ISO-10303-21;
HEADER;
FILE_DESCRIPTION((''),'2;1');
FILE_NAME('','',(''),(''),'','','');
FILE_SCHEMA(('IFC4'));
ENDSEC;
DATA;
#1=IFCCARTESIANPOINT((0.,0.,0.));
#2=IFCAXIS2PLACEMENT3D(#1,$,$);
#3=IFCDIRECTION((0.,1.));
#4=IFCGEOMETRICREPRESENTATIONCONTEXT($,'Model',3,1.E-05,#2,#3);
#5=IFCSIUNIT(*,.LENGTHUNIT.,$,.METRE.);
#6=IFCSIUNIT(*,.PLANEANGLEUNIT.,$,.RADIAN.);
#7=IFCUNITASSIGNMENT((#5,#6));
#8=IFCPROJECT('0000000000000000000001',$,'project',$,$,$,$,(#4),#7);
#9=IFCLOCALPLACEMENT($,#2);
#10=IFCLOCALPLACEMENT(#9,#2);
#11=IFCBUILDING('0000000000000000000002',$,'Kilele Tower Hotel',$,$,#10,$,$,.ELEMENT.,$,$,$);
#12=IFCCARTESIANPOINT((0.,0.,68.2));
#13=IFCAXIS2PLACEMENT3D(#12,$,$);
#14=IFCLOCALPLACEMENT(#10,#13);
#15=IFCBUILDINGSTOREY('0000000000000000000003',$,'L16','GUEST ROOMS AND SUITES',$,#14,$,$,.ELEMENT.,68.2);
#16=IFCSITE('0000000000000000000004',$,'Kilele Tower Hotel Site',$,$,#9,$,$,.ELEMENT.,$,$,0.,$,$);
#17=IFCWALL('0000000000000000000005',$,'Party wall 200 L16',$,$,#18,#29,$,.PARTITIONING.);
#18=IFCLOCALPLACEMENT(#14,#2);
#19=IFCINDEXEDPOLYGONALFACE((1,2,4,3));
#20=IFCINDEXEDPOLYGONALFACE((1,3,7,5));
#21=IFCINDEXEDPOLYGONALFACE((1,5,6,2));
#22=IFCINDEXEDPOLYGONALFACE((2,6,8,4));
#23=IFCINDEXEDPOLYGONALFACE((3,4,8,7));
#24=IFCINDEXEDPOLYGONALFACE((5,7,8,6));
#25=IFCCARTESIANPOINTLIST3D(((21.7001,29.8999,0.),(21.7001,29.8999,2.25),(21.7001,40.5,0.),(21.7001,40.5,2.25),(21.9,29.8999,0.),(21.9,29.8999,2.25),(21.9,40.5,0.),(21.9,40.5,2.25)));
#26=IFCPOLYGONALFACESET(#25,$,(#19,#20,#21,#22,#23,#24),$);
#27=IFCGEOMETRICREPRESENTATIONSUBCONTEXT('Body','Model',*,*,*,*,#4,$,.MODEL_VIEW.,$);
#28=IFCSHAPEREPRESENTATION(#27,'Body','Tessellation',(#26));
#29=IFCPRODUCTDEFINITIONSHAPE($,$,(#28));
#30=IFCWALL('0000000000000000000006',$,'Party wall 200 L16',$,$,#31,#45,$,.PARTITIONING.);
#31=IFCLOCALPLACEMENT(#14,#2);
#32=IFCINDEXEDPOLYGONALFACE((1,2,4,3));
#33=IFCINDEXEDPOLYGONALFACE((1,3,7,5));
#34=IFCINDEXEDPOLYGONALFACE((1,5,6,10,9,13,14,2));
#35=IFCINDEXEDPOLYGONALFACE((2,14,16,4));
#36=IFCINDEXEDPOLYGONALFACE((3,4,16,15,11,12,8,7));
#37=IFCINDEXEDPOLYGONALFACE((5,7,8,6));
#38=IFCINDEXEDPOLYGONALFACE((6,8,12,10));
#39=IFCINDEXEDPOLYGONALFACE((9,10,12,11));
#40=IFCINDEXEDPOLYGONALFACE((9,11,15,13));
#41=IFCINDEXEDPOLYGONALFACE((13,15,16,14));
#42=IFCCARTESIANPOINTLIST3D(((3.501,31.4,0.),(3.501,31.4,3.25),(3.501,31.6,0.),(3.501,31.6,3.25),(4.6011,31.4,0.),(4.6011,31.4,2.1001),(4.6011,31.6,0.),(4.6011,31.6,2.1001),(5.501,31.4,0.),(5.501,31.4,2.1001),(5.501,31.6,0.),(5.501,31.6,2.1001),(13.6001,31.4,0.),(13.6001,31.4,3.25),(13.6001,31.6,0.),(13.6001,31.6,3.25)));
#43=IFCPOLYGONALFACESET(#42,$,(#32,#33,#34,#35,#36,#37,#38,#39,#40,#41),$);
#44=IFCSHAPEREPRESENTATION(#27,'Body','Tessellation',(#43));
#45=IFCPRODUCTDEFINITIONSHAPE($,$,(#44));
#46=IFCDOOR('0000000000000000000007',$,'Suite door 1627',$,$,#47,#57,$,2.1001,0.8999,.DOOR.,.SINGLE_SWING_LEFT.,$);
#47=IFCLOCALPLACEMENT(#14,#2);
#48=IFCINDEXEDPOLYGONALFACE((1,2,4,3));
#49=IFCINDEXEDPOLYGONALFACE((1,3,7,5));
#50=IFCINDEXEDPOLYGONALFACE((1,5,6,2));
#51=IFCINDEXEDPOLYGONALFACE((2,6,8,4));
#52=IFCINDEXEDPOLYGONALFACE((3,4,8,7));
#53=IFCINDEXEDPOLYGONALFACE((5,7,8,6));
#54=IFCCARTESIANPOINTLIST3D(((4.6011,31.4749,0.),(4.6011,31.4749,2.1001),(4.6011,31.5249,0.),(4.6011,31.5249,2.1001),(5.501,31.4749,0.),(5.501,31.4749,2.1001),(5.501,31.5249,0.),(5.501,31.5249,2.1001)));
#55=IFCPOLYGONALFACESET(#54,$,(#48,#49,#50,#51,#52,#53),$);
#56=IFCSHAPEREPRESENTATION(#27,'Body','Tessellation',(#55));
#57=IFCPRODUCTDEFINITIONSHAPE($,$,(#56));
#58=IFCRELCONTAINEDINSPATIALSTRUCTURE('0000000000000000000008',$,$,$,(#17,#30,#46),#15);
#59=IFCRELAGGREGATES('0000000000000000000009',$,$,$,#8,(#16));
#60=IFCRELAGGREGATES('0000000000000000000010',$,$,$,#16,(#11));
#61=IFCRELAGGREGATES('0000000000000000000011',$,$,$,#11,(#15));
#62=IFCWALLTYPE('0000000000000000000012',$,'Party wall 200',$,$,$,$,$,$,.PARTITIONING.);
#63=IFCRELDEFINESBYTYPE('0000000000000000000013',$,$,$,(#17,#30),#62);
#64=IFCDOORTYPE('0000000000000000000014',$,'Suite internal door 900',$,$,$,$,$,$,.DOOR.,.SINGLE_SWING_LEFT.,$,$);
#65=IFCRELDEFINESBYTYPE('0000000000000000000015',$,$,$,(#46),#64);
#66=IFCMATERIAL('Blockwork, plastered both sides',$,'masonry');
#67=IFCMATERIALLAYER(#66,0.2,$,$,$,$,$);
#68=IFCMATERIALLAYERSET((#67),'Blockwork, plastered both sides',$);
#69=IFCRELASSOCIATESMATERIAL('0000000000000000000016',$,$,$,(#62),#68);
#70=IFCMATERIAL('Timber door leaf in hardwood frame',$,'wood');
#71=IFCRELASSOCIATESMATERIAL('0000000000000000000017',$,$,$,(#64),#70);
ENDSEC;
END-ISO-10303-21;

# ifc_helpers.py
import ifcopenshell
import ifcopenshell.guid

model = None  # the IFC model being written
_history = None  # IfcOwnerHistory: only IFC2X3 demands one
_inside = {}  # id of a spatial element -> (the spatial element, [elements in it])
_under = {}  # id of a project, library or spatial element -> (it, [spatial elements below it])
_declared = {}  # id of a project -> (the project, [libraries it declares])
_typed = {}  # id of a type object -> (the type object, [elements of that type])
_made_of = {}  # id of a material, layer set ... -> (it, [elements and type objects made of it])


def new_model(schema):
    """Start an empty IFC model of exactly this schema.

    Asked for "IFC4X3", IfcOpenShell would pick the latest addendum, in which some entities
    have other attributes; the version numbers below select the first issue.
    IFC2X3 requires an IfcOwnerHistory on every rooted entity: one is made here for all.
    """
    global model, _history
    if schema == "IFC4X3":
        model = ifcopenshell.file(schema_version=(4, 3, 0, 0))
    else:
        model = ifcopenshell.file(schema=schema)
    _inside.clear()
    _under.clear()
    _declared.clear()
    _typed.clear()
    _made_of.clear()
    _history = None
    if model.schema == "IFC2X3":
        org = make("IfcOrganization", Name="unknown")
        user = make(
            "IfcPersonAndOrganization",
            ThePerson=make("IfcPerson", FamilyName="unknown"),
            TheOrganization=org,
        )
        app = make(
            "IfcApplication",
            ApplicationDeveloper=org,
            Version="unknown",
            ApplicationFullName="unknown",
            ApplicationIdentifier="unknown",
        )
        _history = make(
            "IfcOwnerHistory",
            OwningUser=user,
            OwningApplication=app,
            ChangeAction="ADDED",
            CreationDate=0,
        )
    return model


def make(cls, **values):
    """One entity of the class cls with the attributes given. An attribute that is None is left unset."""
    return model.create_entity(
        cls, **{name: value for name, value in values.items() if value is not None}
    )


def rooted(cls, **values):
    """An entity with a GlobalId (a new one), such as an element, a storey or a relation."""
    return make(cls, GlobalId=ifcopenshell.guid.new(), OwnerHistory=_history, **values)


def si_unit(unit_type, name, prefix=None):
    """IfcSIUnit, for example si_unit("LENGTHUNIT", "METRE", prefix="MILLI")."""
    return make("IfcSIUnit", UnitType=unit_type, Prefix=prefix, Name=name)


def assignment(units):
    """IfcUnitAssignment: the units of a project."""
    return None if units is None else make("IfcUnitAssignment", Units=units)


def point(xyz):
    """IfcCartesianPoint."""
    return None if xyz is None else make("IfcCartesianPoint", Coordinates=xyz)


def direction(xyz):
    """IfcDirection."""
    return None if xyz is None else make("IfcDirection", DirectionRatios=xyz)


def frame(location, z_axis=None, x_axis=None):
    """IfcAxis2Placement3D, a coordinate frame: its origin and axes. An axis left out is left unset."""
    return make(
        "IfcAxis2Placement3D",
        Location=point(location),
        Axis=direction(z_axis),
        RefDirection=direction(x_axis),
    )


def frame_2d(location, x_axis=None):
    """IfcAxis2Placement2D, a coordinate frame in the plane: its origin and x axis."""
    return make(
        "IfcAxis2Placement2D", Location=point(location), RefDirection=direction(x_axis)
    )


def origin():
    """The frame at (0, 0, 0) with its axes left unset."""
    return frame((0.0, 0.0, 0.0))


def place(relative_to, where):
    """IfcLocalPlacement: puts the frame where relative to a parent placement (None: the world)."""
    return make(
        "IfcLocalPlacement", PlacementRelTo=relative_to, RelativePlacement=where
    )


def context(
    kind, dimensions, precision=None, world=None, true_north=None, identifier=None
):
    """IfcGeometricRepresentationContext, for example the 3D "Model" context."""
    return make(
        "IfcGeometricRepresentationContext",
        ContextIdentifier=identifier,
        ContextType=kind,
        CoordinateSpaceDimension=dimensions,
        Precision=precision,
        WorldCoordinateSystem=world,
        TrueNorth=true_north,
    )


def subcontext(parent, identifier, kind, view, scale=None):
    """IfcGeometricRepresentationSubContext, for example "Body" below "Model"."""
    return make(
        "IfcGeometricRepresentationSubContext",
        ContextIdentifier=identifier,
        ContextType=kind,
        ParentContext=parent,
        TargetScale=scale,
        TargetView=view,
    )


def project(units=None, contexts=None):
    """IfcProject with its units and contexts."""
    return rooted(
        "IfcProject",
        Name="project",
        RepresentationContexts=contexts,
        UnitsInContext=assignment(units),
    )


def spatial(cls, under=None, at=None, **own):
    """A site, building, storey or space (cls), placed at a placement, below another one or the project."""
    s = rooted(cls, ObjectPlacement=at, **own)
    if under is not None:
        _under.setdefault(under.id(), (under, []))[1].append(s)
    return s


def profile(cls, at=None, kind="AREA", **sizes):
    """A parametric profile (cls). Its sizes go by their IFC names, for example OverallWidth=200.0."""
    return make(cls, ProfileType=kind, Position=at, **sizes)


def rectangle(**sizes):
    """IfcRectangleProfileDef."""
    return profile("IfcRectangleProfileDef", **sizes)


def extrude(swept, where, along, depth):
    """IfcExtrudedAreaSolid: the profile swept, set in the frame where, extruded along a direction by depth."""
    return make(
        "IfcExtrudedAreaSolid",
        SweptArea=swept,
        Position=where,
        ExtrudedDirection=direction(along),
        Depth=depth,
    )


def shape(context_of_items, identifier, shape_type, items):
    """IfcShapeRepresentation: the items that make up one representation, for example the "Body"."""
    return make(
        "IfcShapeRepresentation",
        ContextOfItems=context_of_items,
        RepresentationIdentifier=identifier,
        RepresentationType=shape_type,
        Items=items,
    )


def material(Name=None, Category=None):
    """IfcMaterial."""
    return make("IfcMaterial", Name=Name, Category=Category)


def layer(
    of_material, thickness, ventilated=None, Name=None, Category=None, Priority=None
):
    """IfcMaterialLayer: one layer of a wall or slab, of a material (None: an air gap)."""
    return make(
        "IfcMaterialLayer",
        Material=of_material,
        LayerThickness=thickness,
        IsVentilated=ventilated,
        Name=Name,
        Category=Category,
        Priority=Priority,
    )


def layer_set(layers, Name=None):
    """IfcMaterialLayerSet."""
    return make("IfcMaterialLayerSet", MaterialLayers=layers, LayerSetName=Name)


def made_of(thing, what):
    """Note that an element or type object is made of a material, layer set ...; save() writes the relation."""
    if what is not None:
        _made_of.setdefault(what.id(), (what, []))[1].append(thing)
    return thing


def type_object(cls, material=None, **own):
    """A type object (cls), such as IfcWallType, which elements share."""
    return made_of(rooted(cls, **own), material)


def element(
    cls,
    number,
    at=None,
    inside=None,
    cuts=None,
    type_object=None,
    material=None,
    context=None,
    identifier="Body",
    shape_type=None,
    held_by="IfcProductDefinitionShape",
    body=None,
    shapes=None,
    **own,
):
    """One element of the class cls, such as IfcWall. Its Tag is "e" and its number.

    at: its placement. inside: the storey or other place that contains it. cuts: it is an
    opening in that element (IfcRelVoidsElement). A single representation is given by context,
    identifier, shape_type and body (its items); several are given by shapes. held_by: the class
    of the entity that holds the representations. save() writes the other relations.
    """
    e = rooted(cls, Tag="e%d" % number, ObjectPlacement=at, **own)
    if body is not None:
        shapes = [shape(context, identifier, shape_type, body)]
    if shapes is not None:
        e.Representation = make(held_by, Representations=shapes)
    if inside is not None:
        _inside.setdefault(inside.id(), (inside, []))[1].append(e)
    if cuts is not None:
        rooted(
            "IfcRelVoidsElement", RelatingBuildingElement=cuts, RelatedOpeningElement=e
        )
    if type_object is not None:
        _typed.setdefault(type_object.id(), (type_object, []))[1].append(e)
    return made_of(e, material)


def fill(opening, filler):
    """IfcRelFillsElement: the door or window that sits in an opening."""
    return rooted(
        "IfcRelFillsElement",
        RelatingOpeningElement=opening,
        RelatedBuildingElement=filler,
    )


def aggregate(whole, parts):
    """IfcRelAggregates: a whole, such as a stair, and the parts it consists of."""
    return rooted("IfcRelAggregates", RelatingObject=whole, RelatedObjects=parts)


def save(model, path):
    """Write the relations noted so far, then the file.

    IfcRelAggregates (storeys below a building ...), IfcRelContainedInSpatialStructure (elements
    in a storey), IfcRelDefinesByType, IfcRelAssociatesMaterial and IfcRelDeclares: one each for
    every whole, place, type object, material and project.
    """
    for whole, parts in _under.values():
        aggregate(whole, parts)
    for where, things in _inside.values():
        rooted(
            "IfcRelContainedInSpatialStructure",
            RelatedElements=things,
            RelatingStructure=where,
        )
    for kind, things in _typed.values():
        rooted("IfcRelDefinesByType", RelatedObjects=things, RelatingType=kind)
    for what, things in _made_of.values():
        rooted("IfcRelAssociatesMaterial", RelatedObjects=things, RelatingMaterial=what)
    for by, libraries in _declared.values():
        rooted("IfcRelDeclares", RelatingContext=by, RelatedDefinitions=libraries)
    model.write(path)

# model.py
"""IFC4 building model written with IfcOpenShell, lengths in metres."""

from ifc_helpers import new_model, si_unit, direction, frame, frame_2d, origin, place, context, subcontext, project, spatial, rectangle, extrude, material, layer, layer_set, type_object, element, fill, save


model = new_model("IFC4")

# Units and contexts
model_context = context("Model", 3, precision=1e-05, world=origin(), true_north=direction((0.0, 1.0)))
body_context = subcontext(model_context, "Body", "Model", "MODEL_VIEW")
ifc_project = project(units=[si_unit("LENGTHUNIT", "METRE"), si_unit("PLANEANGLEUNIT", "RADIAN")], contexts=[model_context])

# Site, building, storey
site_placement = place(None, origin())
site = spatial("IfcSite", under=ifc_project, at=site_placement, Name="Kilele Tower Hotel Site", CompositionType="ELEMENT", RefElevation=0.0)
building_placement = place(site_placement, origin())
building = spatial("IfcBuilding", under=site, at=building_placement, Name="Kilele Tower Hotel", CompositionType="ELEMENT")
storey_placement = place(building_placement, frame((0.0, 0.0, 68.2)))
storey = spatial("IfcBuildingStorey", under=building, at=storey_placement, Name="L16", Description="GUEST ROOMS AND SUITES", CompositionType="ELEMENT", Elevation=68.2)

# Wall
ifc_material_1 = material(Name="Blockwork, plastered both sides", Category="masonry")
ifc_layer_1 = layer(ifc_material_1, 0.2)
ifc_layer_set_1 = layer_set([ifc_layer_1], Name="Blockwork, plastered both sides")
wall_type_1 = type_object("IfcWallType", Name="Party wall 200", PredefinedType="PARTITIONING", material=ifc_layer_set_1)
wall_1_placement = place(storey_placement, frame((21.8, 29.8999, 0.0), z_axis=(0.0, 0.0, 1.0), x_axis=(0.0, 1.0, 0.0)))
element("IfcWall", 1, at=wall_1_placement, inside=storey, type_object=wall_type_1, Name="Party wall 200 L16", PredefinedType="PARTITIONING", context=body_context, shape_type="SweptSolid", body=[
    extrude(rectangle(XDim=10.6001, YDim=0.2, at=frame_2d((5.3, 0.0))), origin(), (0.0, 0.0, 1.0), 2.25),
])

# Wall, opening, door
wall_2_placement = place(storey_placement, frame((13.6001, 31.5, 0.0), z_axis=(0.0, 0.0, 1.0), x_axis=(-1.0, 0.0, 0.0)))
wall_2 = element("IfcWall", 2, at=wall_2_placement, inside=storey, type_object=wall_type_1, Name="Party wall 200 L16", PredefinedType="PARTITIONING", context=body_context, shape_type="SweptSolid", body=[
    extrude(rectangle(XDim=10.0991, YDim=0.2, at=frame_2d((5.0496, 0.0))), origin(), (0.0, 0.0, 1.0), 3.25),
])
opening_1_placement = place(wall_2_placement, frame((8.999, 0.0, 0.0), z_axis=(0.0, 0.0, 1.0), x_axis=(-1.0, 0.0, 0.0)))
opening_1 = element("IfcOpeningElement", 3, at=opening_1_placement, cuts=wall_2, PredefinedType="OPENING", context=body_context, shape_type="SweptSolid", body=[
    extrude(rectangle(XDim=0.8999, YDim=2.1001, at=frame_2d((0.45, 1.05))), frame((0.0, 0.1099, 0.0), z_axis=(0.0, -1.0, 0.0), x_axis=(1.0, 0.0, 0.0)), (0.0, 0.0, 1.0), 0.22),
])
ifc_material_2 = material(Name="Timber door leaf in hardwood frame", Category="wood")
door_type_1 = type_object("IfcDoorType", Name="Suite internal door 900", OperationType="SINGLE_SWING_LEFT", PredefinedType="DOOR", material=ifc_material_2)
door_1_placement = place(opening_1_placement, origin())
door_1 = element("IfcDoor", 4, at=door_1_placement, inside=storey, type_object=door_type_1, Name="Suite door 1627", OperationType="SINGLE_SWING_LEFT", OverallHeight=2.1001, OverallWidth=0.8999, PredefinedType="DOOR", context=body_context, shape_type="SweptSolid", body=[
    extrude(rectangle(XDim=0.8999, YDim=2.1001, at=frame_2d((0.45, 1.05))), frame((0.0, 0.0249, 0.0), z_axis=(0.0, -1.0, 0.0), x_axis=(1.0, 0.0, 0.0)), (0.0, 0.0, 1.0), 0.05),
])
fill(opening_1, door_1)

save(model, "model.ifc")
